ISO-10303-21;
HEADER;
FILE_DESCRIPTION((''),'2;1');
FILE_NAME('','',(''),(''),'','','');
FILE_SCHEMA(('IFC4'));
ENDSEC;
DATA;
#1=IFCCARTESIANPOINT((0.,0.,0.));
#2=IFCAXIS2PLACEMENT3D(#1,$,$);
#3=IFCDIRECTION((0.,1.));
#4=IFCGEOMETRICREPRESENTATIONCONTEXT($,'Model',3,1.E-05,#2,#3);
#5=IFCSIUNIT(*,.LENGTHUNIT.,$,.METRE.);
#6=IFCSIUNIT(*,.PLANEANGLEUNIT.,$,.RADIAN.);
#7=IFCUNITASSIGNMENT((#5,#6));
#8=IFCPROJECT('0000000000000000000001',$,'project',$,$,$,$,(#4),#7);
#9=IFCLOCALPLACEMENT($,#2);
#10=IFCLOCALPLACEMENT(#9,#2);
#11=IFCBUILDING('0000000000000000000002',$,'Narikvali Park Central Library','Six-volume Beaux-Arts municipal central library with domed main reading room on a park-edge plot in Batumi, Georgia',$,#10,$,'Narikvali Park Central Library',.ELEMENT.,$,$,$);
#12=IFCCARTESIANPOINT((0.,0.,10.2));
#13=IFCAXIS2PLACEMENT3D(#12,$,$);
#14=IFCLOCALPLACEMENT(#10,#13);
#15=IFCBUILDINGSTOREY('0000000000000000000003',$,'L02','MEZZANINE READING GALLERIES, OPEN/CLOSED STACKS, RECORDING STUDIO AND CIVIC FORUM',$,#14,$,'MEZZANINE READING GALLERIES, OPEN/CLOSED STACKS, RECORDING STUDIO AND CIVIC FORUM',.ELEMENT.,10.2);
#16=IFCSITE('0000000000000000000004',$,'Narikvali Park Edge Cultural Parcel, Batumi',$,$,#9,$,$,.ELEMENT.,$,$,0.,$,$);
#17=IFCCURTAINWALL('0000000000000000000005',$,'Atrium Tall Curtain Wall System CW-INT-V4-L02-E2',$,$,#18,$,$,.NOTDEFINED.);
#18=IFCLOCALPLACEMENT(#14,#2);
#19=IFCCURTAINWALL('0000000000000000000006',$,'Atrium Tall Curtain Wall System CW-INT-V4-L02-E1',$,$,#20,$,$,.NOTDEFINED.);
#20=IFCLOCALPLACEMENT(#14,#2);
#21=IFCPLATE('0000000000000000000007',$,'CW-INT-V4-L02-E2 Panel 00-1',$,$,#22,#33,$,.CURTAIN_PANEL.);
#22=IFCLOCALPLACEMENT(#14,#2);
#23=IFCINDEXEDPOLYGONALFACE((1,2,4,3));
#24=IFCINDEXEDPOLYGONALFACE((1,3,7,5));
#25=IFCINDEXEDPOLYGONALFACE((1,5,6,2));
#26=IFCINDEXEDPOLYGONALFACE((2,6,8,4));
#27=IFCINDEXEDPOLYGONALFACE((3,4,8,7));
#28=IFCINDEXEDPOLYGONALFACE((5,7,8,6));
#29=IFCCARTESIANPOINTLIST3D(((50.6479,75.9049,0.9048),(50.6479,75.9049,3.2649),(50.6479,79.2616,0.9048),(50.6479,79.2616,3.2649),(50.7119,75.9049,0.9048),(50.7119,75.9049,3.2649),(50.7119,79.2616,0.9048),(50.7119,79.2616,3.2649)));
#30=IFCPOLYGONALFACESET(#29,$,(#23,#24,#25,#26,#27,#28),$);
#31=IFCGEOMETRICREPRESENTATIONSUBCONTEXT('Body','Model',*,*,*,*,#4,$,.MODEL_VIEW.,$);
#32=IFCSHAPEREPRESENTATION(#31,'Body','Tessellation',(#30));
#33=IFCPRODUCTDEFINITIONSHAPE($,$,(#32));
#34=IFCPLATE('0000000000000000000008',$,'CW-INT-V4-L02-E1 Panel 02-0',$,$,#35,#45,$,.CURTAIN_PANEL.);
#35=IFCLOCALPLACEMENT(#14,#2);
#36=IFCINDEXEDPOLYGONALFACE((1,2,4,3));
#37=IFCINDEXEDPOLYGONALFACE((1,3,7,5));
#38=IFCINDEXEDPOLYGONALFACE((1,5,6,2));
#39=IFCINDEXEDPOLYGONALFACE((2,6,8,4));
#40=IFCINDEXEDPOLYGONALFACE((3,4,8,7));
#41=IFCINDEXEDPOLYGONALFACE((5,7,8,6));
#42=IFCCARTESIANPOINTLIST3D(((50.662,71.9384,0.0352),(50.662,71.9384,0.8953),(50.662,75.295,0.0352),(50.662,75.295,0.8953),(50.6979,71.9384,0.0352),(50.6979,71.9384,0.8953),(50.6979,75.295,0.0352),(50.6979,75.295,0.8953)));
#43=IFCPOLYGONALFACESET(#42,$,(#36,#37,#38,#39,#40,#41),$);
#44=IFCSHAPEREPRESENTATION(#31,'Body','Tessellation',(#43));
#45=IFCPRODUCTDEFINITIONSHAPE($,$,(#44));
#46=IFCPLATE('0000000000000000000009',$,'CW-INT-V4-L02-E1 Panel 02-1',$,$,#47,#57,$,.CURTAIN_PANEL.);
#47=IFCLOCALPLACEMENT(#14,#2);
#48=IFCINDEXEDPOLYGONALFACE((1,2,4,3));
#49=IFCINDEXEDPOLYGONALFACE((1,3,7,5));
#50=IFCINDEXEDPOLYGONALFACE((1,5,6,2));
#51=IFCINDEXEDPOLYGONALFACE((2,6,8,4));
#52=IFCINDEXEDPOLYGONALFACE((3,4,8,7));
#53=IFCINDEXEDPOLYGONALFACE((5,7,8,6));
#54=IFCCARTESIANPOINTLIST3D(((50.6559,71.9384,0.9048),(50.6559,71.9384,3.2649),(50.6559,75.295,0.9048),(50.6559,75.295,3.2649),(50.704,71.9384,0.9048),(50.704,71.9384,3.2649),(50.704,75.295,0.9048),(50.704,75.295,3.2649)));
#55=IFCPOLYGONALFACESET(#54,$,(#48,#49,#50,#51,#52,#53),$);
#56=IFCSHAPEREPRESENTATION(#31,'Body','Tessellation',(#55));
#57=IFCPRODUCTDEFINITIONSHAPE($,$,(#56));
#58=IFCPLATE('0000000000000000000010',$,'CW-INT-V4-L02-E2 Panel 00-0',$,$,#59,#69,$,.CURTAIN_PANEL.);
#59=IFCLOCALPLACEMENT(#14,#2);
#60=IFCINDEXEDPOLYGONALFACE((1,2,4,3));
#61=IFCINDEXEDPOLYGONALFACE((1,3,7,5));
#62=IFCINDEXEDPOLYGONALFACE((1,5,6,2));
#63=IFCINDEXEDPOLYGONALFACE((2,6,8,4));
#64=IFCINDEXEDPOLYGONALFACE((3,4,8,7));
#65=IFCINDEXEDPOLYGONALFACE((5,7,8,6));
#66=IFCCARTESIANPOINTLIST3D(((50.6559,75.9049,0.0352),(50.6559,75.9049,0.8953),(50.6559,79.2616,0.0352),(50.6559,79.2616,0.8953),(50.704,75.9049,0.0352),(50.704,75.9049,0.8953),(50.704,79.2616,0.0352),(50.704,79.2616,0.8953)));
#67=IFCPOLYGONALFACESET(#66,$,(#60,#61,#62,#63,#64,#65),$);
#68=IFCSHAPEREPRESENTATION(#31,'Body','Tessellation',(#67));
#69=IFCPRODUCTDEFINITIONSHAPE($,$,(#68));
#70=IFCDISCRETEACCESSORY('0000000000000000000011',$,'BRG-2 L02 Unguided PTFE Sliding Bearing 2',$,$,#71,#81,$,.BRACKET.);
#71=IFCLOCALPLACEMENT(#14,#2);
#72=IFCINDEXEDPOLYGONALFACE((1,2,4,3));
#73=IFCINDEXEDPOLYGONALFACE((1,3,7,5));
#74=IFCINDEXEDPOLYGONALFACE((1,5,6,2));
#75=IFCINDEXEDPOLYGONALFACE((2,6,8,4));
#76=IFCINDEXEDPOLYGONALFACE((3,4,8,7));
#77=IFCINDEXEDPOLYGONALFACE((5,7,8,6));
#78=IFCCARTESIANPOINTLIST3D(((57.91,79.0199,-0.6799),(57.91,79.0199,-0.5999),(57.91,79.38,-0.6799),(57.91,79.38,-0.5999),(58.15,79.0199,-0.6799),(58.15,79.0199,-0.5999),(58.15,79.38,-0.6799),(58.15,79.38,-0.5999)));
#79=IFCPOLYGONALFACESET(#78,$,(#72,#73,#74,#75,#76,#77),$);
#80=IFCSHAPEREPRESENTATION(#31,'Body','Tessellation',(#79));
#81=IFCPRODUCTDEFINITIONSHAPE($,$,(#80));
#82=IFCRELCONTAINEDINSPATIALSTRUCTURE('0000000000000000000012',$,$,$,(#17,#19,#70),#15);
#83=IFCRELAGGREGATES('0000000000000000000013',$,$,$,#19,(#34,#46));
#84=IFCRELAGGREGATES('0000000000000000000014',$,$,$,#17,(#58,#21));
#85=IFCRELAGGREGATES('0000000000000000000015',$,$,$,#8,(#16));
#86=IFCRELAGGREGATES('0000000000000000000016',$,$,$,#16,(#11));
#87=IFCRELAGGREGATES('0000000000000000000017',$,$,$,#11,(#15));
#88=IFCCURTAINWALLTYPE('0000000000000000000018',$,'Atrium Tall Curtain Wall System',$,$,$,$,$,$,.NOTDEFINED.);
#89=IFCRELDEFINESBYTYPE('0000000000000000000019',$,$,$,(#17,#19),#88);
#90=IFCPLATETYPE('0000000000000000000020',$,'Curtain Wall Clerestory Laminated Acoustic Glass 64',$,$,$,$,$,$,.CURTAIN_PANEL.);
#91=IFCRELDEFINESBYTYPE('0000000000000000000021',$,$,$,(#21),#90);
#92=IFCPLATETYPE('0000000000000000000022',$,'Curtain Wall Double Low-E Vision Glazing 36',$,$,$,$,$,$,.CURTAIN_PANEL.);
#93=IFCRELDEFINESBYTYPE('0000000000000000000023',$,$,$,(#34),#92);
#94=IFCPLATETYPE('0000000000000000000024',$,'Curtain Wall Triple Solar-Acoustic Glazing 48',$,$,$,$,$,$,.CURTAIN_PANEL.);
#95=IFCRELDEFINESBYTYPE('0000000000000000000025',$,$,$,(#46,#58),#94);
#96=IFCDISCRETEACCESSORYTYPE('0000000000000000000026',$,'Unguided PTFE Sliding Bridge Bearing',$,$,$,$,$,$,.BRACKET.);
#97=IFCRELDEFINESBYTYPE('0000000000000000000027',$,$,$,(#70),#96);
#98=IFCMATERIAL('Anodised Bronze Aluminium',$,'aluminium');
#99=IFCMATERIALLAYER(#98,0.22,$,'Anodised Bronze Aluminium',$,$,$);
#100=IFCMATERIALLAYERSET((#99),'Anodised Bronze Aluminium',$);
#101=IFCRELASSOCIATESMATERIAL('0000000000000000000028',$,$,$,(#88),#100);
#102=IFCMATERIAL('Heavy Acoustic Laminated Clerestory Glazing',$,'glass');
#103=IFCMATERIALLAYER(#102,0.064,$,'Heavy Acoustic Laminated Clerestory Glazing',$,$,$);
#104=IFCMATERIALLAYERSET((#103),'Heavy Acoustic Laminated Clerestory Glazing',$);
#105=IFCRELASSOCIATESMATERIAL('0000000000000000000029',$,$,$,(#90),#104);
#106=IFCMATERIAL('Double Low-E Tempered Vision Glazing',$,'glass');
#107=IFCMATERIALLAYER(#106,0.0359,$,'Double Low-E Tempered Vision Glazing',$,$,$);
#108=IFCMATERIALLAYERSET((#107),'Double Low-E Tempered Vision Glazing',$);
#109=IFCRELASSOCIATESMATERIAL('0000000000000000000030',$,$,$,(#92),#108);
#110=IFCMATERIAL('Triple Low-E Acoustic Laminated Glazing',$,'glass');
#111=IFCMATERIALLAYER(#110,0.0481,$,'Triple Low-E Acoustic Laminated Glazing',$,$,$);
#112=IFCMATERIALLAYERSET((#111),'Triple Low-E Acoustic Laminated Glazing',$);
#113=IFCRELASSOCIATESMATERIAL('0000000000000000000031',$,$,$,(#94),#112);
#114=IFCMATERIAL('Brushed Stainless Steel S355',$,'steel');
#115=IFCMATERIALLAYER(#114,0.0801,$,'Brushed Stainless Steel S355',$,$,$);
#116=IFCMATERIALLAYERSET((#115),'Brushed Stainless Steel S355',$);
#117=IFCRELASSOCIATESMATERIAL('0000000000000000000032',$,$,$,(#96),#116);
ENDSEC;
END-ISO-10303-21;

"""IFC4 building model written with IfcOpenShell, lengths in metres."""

from ifc_helpers import new_model, si_unit, direction, frame, origin, origin_2d, place, context, subcontext, project, spatial, rectangle, extrude, material, layer, layer_set, type_object, element, aggregate, save


model = new_model("IFC4")

# Units and contexts
model_context = context("Model", 3, precision=1e-05, world=origin(), true_north=direction((0.0, 1.0)))
body_context = subcontext(model_context, "Body", "Model", "MODEL_VIEW")
ifc_project = project(units=[si_unit("LENGTHUNIT", "METRE"), si_unit("PLANEANGLEUNIT", "RADIAN")], contexts=[model_context])

# Site, building, storey
site_placement = place(None, origin())
site = spatial("IfcSite", under=ifc_project, at=site_placement, Name="Narikvali Park Edge Cultural Parcel, Batumi", CompositionType="ELEMENT", RefElevation=0.0)
building_placement = place(site_placement, origin())
building = spatial("IfcBuilding", under=site, at=building_placement, Name="Narikvali Park Central Library", Description="Six-volume Beaux-Arts municipal central library with domed main reading room on a park-edge plot in Batumi, Georgia", LongName="Narikvali Park Central Library", CompositionType="ELEMENT")
storey_placement = place(building_placement, frame((0.0, 0.0, 10.2)))
storey = spatial("IfcBuildingStorey", under=building, at=storey_placement, Name="L02", Description="MEZZANINE READING GALLERIES, OPEN/CLOSED STACKS, RECORDING STUDIO AND CIVIC FORUM", LongName="MEZZANINE READING GALLERIES, OPEN/CLOSED STACKS, RECORDING STUDIO AND CIVIC FORUM", CompositionType="ELEMENT", Elevation=10.2)

# Curtain wall
ifc_material_1 = material(Name="Anodised Bronze Aluminium", Category="aluminium")
ifc_layer_1 = layer(ifc_material_1, 0.22, Name="Anodised Bronze Aluminium")
ifc_layer_set_1 = layer_set([ifc_layer_1], Name="Anodised Bronze Aluminium")
curtain_wall_type_1 = type_object("IfcCurtainWallType", Name="Atrium Tall Curtain Wall System", PredefinedType="NOTDEFINED", material=ifc_layer_set_1)
curtain_wall_1_placement = place(storey_placement, origin())
curtain_wall_1 = element("IfcCurtainWall", 1, at=curtain_wall_1_placement, inside=storey, type_object=curtain_wall_type_1, Name="Atrium Tall Curtain Wall System CW-INT-V4-L02-E2", PredefinedType="NOTDEFINED")

# Curtain wall
curtain_wall_2_placement = place(storey_placement, origin())
curtain_wall_2 = element("IfcCurtainWall", 2, at=curtain_wall_2_placement, inside=storey, type_object=curtain_wall_type_1, Name="Atrium Tall Curtain Wall System CW-INT-V4-L02-E1", PredefinedType="NOTDEFINED")

# Plates
ifc_material_2 = material(Name="Heavy Acoustic Laminated Clerestory Glazing", Category="glass")
ifc_layer_2 = layer(ifc_material_2, 0.064, Name="Heavy Acoustic Laminated Clerestory Glazing")
ifc_layer_set_2 = layer_set([ifc_layer_2], Name="Heavy Acoustic Laminated Clerestory Glazing")
plate_type_1 = type_object("IfcPlateType", Name="Curtain Wall Clerestory Laminated Acoustic Glass 64", PredefinedType="CURTAIN_PANEL", material=ifc_layer_set_2)
plate_1_placement = place(storey_placement, frame((50.6799, 77.5833, 0.9048), z_axis=(0.0, 0.0, 1.0), x_axis=(0.0, 1.0, 0.0)))
plate_1 = element("IfcPlate", 3, at=plate_1_placement, type_object=plate_type_1, Name="CW-INT-V4-L02-E2 Panel 00-1", PredefinedType="CURTAIN_PANEL", context=body_context, shape_type="SweptSolid", body=[
    extrude(rectangle(XDim=3.3567, YDim=0.064, at=origin_2d()), origin(), (0.0, 0.0, 1.0), 2.3601),
])
ifc_material_3 = material(Name="Double Low-E Tempered Vision Glazing", Category="glass")
ifc_layer_3 = layer(ifc_material_3, 0.0359, Name="Double Low-E Tempered Vision Glazing")
ifc_layer_set_3 = layer_set([ifc_layer_3], Name="Double Low-E Tempered Vision Glazing")
plate_type_2 = type_object("IfcPlateType", Name="Curtain Wall Double Low-E Vision Glazing 36", PredefinedType="CURTAIN_PANEL", material=ifc_layer_set_3)
plate_2_placement = place(storey_placement, frame((50.6799, 73.6167, 0.0352), z_axis=(0.0, 0.0, 1.0), x_axis=(0.0, 1.0, 0.0)))
plate_2 = element("IfcPlate", 4, at=plate_2_placement, type_object=plate_type_2, Name="CW-INT-V4-L02-E1 Panel 02-0", PredefinedType="CURTAIN_PANEL", context=body_context, shape_type="SweptSolid", body=[
    extrude(rectangle(XDim=3.3567, YDim=0.0359, at=origin_2d()), origin(), (0.0, 0.0, 1.0), 0.8601),
])
ifc_material_4 = material(Name="Triple Low-E Acoustic Laminated Glazing", Category="glass")
ifc_layer_4 = layer(ifc_material_4, 0.0481, Name="Triple Low-E Acoustic Laminated Glazing")
ifc_layer_set_4 = layer_set([ifc_layer_4], Name="Triple Low-E Acoustic Laminated Glazing")
plate_type_3 = type_object("IfcPlateType", Name="Curtain Wall Triple Solar-Acoustic Glazing 48", PredefinedType="CURTAIN_PANEL", material=ifc_layer_set_4)
plate_3_placement = place(storey_placement, frame((50.6799, 73.6167, 0.9048), z_axis=(0.0, 0.0, 1.0), x_axis=(0.0, 1.0, 0.0)))
plate_3 = element("IfcPlate", 5, at=plate_3_placement, type_object=plate_type_3, Name="CW-INT-V4-L02-E1 Panel 02-1", PredefinedType="CURTAIN_PANEL", context=body_context, shape_type="SweptSolid", body=[
    extrude(rectangle(XDim=3.3567, YDim=0.0481, at=origin_2d()), origin(), (0.0, 0.0, 1.0), 2.3601),
])
aggregate(curtain_wall_2, [plate_2, plate_3])
plate_4_placement = place(storey_placement, frame((50.6799, 77.5833, 0.0352), z_axis=(0.0, 0.0, 1.0), x_axis=(0.0, 1.0, 0.0)))
plate_4 = element("IfcPlate", 6, at=plate_4_placement, type_object=plate_type_3, Name="CW-INT-V4-L02-E2 Panel 00-0", PredefinedType="CURTAIN_PANEL", context=body_context, shape_type="SweptSolid", body=[
    extrude(rectangle(XDim=3.3567, YDim=0.0481, at=origin_2d()), origin(), (0.0, 0.0, 1.0), 0.8601),
])
aggregate(curtain_wall_1, [plate_4, plate_1])

# Discrete accessory
ifc_material_5 = material(Name="Brushed Stainless Steel S355", Category="steel")
ifc_layer_5 = layer(ifc_material_5, 0.0801, Name="Brushed Stainless Steel S355")
ifc_layer_set_5 = layer_set([ifc_layer_5], Name="Brushed Stainless Steel S355")
discrete_accessory_type = type_object("IfcDiscreteAccessoryType", Name="Unguided PTFE Sliding Bridge Bearing", PredefinedType="BRACKET", material=ifc_layer_set_5)
discrete_accessory_placement = place(storey_placement, frame((58.03, 79.2, -0.6799), z_axis=(0.0, 0.0, 1.0), x_axis=(1.0, 0.0, 0.0)))
element("IfcDiscreteAccessory", 7, at=discrete_accessory_placement, inside=storey, type_object=discrete_accessory_type, Name="BRG-2 L02 Unguided PTFE Sliding Bearing 2", PredefinedType="BRACKET", context=body_context, shape_type="SweptSolid", body=[
    extrude(rectangle(XDim=0.24, YDim=0.3601, at=origin_2d()), origin(), (0.0, 0.0, 1.0), 0.0801),
])

save(model, "model.ifc")
